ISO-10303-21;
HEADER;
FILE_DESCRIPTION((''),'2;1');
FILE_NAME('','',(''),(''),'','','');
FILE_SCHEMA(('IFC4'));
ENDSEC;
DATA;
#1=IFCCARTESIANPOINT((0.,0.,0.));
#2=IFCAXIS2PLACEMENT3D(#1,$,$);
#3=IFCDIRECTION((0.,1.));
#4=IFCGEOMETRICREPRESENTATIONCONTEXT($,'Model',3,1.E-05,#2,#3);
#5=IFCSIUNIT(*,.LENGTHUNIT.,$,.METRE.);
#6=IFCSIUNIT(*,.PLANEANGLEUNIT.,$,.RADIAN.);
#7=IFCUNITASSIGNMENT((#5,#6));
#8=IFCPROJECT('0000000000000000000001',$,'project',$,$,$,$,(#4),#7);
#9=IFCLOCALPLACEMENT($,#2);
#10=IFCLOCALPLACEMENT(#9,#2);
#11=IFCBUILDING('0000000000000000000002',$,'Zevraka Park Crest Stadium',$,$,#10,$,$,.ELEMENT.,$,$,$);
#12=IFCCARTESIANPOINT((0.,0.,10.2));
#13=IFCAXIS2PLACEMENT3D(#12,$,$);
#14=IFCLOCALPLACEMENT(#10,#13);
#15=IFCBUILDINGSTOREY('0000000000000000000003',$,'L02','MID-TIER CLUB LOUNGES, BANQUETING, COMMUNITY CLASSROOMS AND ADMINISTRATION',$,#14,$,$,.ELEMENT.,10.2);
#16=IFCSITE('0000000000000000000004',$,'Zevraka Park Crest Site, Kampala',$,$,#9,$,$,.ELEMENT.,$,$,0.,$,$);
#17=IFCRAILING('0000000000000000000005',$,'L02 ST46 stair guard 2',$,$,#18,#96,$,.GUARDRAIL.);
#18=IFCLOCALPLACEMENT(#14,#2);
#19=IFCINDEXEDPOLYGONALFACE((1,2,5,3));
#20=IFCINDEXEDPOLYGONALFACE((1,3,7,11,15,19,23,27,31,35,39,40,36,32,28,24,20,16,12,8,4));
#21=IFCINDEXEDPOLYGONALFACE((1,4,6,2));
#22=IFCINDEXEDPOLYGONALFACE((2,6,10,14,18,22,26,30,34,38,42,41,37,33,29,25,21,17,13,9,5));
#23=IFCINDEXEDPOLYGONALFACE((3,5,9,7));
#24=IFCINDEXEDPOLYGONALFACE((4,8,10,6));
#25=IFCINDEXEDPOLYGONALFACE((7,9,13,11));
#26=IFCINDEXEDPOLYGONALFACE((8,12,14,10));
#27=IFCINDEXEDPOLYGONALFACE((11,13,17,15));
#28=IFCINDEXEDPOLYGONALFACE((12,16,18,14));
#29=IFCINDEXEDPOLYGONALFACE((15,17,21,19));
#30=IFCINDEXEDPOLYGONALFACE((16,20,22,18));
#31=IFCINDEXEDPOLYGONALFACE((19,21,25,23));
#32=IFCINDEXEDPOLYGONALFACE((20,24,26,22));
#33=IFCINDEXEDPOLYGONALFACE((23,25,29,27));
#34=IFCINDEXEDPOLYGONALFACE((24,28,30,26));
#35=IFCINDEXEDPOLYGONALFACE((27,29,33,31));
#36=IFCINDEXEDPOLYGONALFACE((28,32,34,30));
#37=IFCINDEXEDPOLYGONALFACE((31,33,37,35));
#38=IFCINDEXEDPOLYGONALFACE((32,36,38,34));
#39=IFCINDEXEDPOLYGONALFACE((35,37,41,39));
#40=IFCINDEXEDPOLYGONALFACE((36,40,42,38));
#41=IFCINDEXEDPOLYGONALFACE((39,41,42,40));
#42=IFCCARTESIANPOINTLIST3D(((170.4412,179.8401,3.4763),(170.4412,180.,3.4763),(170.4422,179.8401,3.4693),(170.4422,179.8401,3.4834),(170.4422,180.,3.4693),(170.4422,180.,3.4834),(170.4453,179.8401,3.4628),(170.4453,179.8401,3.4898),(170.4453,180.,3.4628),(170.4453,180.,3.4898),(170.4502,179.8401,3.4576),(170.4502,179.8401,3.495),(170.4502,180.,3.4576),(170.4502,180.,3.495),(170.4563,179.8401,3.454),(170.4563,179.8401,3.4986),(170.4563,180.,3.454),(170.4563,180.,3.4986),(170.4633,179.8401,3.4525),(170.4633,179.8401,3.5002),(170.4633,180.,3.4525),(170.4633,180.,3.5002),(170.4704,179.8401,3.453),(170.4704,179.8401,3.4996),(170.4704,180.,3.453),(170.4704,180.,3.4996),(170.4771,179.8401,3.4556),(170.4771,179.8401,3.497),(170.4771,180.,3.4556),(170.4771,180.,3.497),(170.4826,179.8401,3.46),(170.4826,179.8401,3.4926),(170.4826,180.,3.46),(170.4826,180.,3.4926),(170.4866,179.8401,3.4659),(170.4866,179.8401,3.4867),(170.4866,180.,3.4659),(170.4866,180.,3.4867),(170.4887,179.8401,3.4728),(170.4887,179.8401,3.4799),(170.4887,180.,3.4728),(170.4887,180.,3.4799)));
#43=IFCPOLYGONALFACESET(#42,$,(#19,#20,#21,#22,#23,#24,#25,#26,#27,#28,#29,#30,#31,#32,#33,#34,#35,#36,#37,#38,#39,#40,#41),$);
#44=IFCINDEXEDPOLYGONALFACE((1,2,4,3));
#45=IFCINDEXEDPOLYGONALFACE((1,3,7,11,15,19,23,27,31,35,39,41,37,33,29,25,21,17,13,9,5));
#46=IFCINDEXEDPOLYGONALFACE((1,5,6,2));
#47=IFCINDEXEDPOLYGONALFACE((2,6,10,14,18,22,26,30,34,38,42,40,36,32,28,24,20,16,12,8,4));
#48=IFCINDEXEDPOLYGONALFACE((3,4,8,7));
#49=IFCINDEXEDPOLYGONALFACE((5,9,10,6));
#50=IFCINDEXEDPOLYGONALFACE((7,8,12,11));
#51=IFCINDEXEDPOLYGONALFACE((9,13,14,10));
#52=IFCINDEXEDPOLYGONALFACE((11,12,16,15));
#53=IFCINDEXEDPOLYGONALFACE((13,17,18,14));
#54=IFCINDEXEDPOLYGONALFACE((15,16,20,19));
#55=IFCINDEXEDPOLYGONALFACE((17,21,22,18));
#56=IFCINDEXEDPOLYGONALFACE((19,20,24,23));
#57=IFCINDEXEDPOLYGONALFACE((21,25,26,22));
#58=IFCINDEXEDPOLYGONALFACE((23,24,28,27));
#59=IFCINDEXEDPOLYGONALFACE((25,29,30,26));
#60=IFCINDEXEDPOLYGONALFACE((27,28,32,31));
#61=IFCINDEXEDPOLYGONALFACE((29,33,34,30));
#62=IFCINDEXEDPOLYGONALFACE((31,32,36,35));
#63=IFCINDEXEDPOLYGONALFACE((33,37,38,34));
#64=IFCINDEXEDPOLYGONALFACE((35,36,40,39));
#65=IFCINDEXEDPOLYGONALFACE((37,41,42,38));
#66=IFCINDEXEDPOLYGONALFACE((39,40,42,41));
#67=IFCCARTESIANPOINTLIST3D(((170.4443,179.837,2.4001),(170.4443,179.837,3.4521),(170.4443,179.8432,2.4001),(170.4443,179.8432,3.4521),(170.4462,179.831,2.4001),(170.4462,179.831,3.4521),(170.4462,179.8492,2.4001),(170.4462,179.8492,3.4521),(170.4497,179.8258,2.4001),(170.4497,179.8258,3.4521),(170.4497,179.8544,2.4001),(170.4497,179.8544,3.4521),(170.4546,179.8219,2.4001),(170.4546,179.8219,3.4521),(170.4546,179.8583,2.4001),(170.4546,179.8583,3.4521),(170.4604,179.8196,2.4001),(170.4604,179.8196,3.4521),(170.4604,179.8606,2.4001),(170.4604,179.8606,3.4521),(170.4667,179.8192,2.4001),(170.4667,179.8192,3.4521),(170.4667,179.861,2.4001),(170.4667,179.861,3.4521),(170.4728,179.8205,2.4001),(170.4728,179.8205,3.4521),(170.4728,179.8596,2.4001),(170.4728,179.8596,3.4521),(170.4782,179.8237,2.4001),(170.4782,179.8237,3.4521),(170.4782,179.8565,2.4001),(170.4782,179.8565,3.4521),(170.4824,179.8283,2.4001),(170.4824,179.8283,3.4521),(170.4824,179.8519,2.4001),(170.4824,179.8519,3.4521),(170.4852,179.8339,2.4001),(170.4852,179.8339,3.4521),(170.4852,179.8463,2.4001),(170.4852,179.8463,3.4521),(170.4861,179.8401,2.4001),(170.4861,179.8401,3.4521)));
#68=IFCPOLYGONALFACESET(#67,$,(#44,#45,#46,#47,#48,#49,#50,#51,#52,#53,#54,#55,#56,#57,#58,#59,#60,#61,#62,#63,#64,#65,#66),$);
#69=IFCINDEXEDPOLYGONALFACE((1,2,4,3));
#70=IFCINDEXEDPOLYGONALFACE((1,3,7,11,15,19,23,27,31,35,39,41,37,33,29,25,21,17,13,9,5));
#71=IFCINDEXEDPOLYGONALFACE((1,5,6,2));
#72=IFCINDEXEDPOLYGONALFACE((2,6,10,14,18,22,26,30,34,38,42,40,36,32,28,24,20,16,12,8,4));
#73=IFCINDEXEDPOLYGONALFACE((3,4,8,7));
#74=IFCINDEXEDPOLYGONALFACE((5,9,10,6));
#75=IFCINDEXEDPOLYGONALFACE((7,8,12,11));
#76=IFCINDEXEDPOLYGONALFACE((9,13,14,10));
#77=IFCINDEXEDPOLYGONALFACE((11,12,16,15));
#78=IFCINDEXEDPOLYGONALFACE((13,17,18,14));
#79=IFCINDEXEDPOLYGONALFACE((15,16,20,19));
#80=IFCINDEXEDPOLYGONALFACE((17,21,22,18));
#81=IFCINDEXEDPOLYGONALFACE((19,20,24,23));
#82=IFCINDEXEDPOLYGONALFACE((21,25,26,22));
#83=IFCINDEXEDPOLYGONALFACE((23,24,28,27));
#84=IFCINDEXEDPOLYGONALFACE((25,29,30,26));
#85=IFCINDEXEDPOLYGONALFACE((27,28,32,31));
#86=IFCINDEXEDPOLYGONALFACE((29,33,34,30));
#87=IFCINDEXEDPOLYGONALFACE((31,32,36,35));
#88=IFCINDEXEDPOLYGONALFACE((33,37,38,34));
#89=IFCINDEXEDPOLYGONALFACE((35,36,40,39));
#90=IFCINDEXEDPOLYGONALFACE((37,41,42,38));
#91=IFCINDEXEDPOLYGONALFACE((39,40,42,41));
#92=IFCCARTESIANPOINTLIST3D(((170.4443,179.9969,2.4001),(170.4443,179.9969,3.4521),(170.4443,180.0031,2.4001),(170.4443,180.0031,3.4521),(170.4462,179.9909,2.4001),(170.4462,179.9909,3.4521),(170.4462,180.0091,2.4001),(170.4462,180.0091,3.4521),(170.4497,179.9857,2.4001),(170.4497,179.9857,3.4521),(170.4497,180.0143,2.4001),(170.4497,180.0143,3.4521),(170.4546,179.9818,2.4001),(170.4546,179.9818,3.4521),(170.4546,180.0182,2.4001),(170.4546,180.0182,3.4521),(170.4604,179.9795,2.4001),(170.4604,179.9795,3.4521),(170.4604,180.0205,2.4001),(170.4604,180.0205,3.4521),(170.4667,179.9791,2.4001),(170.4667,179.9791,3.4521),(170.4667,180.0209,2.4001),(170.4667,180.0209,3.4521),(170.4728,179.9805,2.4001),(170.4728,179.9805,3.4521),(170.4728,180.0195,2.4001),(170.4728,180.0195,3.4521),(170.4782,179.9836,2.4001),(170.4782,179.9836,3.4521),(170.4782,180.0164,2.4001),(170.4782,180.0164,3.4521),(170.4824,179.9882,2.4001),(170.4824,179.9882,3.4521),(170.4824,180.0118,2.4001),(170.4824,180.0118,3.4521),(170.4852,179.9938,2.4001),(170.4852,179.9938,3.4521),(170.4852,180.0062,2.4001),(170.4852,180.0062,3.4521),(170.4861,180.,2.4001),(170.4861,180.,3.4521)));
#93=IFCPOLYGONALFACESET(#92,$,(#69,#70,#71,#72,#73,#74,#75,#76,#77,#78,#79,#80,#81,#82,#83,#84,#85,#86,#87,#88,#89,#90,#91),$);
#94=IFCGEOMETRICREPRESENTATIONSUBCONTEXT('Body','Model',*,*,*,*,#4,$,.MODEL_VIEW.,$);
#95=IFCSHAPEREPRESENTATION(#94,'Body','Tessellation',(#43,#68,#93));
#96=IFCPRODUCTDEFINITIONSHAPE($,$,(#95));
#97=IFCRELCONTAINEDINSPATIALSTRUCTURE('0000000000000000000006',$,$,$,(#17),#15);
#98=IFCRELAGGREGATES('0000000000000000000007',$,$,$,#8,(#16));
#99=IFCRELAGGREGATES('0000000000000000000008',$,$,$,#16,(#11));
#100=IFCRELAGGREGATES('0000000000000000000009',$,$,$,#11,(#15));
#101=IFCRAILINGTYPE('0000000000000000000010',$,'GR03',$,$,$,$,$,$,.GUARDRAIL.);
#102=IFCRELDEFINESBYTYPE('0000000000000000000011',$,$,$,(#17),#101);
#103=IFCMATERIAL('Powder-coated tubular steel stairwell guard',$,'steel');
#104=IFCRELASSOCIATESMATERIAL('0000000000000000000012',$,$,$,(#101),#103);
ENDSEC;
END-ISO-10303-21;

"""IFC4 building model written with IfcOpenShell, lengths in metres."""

from ifc_helpers import new_model, si_unit, direction, frame, origin, origin_2d, place, context, subcontext, project, spatial, circle, extrude, material, type_object, element, save


model = new_model("IFC4")

# Units and contexts
model_context = context("Model", 3, precision=1e-05, world=origin(), true_north=direction((0.0, 1.0)))
body_context = subcontext(model_context, "Body", "Model", "MODEL_VIEW")
ifc_project = project(units=[si_unit("LENGTHUNIT", "METRE"), si_unit("PLANEANGLEUNIT", "RADIAN")], contexts=[model_context])

# Site, building, storey
site_placement = place(None, origin())
site = spatial("IfcSite", under=ifc_project, at=site_placement, Name="Zevraka Park Crest Site, Kampala", CompositionType="ELEMENT", RefElevation=0.0)
building_placement = place(site_placement, origin())
building = spatial("IfcBuilding", under=site, at=building_placement, Name="Zevraka Park Crest Stadium", CompositionType="ELEMENT")
storey_placement = place(building_placement, frame((0.0, 0.0, 10.2)))
storey = spatial("IfcBuildingStorey", under=building, at=storey_placement, Name="L02", Description="MID-TIER CLUB LOUNGES, BANQUETING, COMMUNITY CLASSROOMS AND ADMINISTRATION", CompositionType="ELEMENT", Elevation=10.2)

# Railing
ifc_material_1 = material(Name="Powder-coated tubular steel stairwell guard", Category="steel")
railing_type_1 = type_object("IfcRailingType", Name="GR03", PredefinedType="GUARDRAIL", material=ifc_material_1)
railing_1_placement = place(storey_placement, frame((170.4651, 179.8401, 2.4001)))
element("IfcRailing", 1, at=railing_1_placement, inside=storey, type_object=railing_type_1, Name="L02 ST46 stair guard 2", PredefinedType="GUARDRAIL", context=body_context, shape_type="SweptSolid", body=[
    extrude(circle(Radius=0.0239, at=origin_2d()), frame((0.0, 0.0, 1.0762), z_axis=(0.0, 1.0, 0.0), x_axis=(-1.0, 0.0, 0.0)), (0.0, 0.0, 1.0), 0.1599),
    extrude(circle(Radius=0.021, at=origin_2d()), origin(), (0.0, 0.0, 1.0), 1.052),
    extrude(circle(Radius=0.021, at=origin_2d()), frame((0.0, 0.1599, 0.0)), (0.0, 0.0, 1.0), 1.052),
])

save(model, "model.ifc")
